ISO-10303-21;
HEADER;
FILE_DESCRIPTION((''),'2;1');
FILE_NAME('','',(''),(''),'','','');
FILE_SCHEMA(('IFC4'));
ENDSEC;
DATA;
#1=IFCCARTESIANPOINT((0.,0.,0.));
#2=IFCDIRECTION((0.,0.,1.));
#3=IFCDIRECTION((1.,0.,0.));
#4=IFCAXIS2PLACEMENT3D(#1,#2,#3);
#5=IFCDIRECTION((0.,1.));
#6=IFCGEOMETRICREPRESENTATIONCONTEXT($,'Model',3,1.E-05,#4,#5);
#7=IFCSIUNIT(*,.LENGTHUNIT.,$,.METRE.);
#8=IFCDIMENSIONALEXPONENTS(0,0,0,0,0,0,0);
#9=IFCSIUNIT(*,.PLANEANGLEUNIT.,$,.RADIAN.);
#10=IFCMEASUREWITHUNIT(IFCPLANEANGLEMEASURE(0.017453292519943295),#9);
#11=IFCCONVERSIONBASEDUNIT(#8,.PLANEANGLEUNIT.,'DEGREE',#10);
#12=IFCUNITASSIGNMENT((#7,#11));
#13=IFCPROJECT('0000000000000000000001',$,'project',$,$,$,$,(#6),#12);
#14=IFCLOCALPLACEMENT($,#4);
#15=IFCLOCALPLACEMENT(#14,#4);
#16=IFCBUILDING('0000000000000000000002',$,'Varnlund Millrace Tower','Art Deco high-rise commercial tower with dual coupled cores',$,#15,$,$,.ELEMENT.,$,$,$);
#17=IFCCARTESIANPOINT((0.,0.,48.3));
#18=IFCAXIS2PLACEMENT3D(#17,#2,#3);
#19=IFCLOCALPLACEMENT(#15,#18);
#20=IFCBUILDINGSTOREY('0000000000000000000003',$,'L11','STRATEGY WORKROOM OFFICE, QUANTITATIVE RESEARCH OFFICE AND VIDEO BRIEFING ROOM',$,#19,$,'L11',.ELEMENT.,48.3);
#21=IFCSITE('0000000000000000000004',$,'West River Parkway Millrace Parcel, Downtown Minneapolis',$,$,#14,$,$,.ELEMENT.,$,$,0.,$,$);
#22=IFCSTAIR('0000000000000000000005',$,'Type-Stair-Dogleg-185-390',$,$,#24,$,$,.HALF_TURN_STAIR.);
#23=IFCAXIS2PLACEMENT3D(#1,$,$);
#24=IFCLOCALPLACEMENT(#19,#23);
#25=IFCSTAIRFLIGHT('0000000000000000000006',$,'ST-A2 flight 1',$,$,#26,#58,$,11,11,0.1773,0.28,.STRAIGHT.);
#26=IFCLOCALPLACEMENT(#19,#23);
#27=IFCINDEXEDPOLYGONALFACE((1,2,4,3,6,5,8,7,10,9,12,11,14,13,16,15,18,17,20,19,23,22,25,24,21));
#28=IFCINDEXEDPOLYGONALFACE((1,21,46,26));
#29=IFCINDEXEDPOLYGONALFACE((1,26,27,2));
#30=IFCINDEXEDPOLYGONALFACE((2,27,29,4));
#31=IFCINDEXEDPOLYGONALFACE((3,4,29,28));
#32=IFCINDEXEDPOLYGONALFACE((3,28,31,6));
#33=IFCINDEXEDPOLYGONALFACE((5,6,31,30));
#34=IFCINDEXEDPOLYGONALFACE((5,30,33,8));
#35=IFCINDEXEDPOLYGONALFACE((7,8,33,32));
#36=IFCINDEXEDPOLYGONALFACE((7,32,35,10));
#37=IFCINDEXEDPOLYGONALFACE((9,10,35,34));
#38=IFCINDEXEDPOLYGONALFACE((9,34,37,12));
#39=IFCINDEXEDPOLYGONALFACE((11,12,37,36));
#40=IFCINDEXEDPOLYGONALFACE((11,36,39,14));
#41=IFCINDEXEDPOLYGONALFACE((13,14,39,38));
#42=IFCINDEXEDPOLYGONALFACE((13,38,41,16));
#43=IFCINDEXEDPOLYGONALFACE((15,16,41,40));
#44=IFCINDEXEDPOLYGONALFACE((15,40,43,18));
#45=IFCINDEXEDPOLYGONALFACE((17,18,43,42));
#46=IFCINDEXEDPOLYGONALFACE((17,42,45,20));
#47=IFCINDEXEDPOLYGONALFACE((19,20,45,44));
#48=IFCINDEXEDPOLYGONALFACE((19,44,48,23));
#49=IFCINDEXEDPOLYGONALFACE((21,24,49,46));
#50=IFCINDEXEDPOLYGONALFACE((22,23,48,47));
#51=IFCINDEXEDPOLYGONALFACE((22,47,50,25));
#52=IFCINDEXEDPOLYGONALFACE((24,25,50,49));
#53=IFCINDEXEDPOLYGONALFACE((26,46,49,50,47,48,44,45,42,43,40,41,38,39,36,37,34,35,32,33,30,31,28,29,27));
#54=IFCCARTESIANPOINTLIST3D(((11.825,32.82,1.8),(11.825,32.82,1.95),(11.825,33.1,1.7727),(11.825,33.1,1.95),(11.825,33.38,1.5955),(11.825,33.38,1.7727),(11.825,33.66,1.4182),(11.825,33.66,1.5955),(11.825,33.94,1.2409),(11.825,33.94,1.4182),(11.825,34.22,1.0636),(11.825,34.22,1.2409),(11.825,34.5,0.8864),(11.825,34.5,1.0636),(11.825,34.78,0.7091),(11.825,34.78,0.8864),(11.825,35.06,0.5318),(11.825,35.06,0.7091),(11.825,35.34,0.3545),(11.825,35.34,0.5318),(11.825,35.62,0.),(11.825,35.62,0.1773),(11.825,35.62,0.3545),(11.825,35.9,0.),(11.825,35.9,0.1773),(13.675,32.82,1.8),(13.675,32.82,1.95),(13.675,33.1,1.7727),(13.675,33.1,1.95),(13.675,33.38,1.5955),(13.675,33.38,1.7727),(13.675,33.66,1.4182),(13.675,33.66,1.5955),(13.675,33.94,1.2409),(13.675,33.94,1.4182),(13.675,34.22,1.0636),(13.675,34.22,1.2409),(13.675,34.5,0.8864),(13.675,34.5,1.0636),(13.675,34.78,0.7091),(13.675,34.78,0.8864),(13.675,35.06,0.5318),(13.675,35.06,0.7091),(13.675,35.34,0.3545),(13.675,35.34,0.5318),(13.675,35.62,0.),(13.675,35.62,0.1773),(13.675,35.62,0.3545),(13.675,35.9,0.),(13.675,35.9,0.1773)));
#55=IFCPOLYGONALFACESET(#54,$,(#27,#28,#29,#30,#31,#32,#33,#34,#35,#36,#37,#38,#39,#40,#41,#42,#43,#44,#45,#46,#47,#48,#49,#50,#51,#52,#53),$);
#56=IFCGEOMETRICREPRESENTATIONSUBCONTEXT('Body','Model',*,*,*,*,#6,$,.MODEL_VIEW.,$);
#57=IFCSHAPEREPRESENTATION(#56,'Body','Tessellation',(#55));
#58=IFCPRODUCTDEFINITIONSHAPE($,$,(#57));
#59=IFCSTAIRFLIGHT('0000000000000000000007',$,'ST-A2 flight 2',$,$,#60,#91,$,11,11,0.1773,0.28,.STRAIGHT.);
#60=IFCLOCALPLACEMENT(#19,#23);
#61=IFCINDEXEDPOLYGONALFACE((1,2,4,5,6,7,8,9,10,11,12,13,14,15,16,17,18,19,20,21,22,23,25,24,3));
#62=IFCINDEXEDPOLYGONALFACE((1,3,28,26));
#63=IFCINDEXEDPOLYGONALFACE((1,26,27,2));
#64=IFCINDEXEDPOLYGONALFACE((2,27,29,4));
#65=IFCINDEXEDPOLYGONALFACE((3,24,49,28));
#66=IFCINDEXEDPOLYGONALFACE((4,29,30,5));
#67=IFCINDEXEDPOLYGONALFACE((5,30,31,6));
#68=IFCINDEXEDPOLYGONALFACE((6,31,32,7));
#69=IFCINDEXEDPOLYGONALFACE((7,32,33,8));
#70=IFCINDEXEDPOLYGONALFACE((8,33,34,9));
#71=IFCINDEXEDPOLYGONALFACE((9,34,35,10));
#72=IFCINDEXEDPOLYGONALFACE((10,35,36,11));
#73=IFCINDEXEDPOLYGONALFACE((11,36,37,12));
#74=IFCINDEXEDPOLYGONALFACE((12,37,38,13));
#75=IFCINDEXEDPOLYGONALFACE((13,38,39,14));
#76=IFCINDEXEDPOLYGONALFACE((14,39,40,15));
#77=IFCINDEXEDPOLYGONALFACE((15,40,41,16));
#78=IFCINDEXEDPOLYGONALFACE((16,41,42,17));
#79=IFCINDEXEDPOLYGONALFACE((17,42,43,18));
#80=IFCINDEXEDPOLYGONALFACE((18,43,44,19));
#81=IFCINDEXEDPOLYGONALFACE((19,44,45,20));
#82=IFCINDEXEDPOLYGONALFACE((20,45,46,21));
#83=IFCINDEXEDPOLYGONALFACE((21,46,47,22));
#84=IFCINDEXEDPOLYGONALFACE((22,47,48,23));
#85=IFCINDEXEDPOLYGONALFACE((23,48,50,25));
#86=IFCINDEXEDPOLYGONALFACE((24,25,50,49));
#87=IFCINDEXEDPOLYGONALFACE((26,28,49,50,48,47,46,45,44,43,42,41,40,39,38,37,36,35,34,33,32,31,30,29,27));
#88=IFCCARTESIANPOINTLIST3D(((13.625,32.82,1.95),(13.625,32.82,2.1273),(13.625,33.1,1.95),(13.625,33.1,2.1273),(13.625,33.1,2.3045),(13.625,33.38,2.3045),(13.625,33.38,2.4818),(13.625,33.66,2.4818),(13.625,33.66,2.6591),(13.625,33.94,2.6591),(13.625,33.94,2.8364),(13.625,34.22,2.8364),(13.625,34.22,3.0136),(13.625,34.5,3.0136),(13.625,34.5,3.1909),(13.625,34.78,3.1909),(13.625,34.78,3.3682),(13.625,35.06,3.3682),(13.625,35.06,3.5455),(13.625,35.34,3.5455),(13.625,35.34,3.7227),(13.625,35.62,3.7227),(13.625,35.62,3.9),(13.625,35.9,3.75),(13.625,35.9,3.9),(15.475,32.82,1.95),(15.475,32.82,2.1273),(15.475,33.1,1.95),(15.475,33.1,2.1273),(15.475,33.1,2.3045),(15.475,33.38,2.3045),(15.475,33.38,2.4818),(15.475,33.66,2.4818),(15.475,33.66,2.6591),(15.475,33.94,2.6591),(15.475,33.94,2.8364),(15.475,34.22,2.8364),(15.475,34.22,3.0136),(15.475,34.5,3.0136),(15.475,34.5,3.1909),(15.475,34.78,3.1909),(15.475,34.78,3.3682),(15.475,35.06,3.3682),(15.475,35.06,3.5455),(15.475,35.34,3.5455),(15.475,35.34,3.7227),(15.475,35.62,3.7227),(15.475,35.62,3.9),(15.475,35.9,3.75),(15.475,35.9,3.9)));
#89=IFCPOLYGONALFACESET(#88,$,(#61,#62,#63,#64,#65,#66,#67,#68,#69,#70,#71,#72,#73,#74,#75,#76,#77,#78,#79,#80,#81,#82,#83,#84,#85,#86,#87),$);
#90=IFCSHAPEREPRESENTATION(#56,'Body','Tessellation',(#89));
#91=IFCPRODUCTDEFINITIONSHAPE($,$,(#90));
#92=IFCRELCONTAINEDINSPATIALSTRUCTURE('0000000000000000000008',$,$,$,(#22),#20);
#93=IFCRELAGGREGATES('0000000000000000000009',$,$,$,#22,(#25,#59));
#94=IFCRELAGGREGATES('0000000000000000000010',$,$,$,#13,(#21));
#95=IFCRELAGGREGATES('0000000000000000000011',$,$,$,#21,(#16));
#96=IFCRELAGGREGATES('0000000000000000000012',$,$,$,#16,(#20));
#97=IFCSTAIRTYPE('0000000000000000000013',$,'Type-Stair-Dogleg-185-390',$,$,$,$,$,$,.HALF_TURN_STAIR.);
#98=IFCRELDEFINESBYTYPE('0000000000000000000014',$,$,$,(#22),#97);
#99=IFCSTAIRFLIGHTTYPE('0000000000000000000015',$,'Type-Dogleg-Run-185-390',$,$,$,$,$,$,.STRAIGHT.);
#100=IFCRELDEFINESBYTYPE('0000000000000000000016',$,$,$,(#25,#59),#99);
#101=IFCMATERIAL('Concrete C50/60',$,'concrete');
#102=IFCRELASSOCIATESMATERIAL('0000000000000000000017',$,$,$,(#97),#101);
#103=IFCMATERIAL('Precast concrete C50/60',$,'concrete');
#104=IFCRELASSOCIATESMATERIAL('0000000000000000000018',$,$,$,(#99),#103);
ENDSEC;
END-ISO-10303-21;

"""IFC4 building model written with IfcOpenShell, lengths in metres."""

from ifc_helpers import new_model, entity, si_unit, converted_unit, direction, frame, origin_with_axes, place, context, subcontext, project, spatial, polyline, outline, extrude, material, type_object, element, aggregate, save


model = new_model("IFC4")

# Units and contexts
model_context = context("Model", 3, precision=1e-05, world=origin_with_axes(), true_north=direction((0.0, 1.0)))
body_context = subcontext(model_context, "Body", "Model", "MODEL_VIEW")
ifc_project = project(units=[si_unit("LENGTHUNIT", "METRE"), converted_unit("PLANEANGLEUNIT", "DEGREE", entity("IfcPlaneAngleMeasure", 0.017453292519943295), si_unit("PLANEANGLEUNIT", "RADIAN"), dimensions=[0, 0, 0, 0, 0, 0, 0])], contexts=[model_context])

# Site, building, storey
site_placement = place(None, origin_with_axes())
site = spatial("IfcSite", under=ifc_project, at=site_placement, Name="West River Parkway Millrace Parcel, Downtown Minneapolis", CompositionType="ELEMENT", RefElevation=0.0)
building_placement = place(site_placement, origin_with_axes())
building = spatial("IfcBuilding", under=site, at=building_placement, Name="Varnlund Millrace Tower", Description="Art Deco high-rise commercial tower with dual coupled cores", CompositionType="ELEMENT")
storey_placement = place(building_placement, frame((0.0, 0.0, 48.3), z_axis=(0.0, 0.0, 1.0), x_axis=(1.0, 0.0, 0.0)))
storey = spatial("IfcBuildingStorey", under=building, at=storey_placement, Name="L11", Description="STRATEGY WORKROOM OFFICE, QUANTITATIVE RESEARCH OFFICE AND VIDEO BRIEFING ROOM", LongName="L11", CompositionType="ELEMENT", Elevation=48.3)

# Stair, stair flights
ifc_material_1 = material(Name="Concrete C50/60", Category="concrete")
stair_type = type_object("IfcStairType", Name="Type-Stair-Dogleg-185-390", PredefinedType="HALF_TURN_STAIR", material=ifc_material_1)
stair_placement = place(storey_placement, origin_with_axes())
stair = element("IfcStair", 1, at=stair_placement, inside=storey, type_object=stair_type, Name="Type-Stair-Dogleg-185-390", PredefinedType="HALF_TURN_STAIR")
ifc_material_2 = material(Name="Precast concrete C50/60", Category="concrete")
stair_flight_type = type_object("IfcStairFlightType", Name="Type-Dogleg-Run-185-390", PredefinedType="STRAIGHT", material=ifc_material_2)
stair_flight_1_placement = place(storey_placement, frame((13.675, 35.9, 0.0), z_axis=(-1.0, 0.0, 0.0), x_axis=(0.0, -1.0, 0.0)))
stair_flight_1 = element("IfcStairFlight", 2, at=stair_flight_1_placement, type_object=stair_flight_type, Name="ST-A2 flight 1", NumberOfRisers=11, NumberOfTreads=11, PredefinedType="STRAIGHT", RiserHeight=0.1773, TreadLength=0.28, context=body_context, shape_type="SweptSolid", body=[
    extrude(outline(polyline([(0.0, 0.0), (0.0, 0.1773), (0.28, 0.1773), (0.28, 0.3545), (0.56, 0.3545), (0.56, 0.5318), (0.84, 0.5318), (0.84, 0.7091), (1.12, 0.7091), (1.12, 0.8864), (1.4, 0.8864), (1.4, 1.0636), (1.68, 1.0636), (1.68, 1.2409), (1.96, 1.2409), (1.96, 1.4182), (2.24, 1.4182), (2.24, 1.5955), (2.52, 1.5955), (2.52, 1.7727), (2.8, 1.7727), (2.8, 1.95), (3.08, 1.95), (3.08, 1.8), (0.28, 0.0), (0.0, 0.0)])), origin_with_axes(), (0.0, 0.0, 1.0), 1.85),
])
stair_flight_2_placement = place(storey_placement, frame((13.625, 32.82, 1.95), z_axis=(1.0, 0.0, 0.0), x_axis=(0.0, 1.0, 0.0)))
stair_flight_2 = element("IfcStairFlight", 3, at=stair_flight_2_placement, type_object=stair_flight_type, Name="ST-A2 flight 2", NumberOfRisers=11, NumberOfTreads=11, PredefinedType="STRAIGHT", RiserHeight=0.1773, TreadLength=0.28, context=body_context, shape_type="SweptSolid", body=[
    extrude(outline(polyline([(0.0, 0.0), (0.0, 0.1773), (0.28, 0.1773), (0.28, 0.3545), (0.56, 0.3545), (0.56, 0.5318), (0.84, 0.5318), (0.84, 0.7091), (1.12, 0.7091), (1.12, 0.8864), (1.4, 0.8864), (1.4, 1.0636), (1.68, 1.0636), (1.68, 1.2409), (1.96, 1.2409), (1.96, 1.4182), (2.24, 1.4182), (2.24, 1.5955), (2.52, 1.5955), (2.52, 1.7727), (2.8, 1.7727), (2.8, 1.95), (3.08, 1.95), (3.08, 1.8), (0.28, 0.0), (0.0, 0.0)])), origin_with_axes(), (0.0, 0.0, 1.0), 1.85),
])
aggregate(stair, [stair_flight_1, stair_flight_2])

save(model, "model.ifc")
